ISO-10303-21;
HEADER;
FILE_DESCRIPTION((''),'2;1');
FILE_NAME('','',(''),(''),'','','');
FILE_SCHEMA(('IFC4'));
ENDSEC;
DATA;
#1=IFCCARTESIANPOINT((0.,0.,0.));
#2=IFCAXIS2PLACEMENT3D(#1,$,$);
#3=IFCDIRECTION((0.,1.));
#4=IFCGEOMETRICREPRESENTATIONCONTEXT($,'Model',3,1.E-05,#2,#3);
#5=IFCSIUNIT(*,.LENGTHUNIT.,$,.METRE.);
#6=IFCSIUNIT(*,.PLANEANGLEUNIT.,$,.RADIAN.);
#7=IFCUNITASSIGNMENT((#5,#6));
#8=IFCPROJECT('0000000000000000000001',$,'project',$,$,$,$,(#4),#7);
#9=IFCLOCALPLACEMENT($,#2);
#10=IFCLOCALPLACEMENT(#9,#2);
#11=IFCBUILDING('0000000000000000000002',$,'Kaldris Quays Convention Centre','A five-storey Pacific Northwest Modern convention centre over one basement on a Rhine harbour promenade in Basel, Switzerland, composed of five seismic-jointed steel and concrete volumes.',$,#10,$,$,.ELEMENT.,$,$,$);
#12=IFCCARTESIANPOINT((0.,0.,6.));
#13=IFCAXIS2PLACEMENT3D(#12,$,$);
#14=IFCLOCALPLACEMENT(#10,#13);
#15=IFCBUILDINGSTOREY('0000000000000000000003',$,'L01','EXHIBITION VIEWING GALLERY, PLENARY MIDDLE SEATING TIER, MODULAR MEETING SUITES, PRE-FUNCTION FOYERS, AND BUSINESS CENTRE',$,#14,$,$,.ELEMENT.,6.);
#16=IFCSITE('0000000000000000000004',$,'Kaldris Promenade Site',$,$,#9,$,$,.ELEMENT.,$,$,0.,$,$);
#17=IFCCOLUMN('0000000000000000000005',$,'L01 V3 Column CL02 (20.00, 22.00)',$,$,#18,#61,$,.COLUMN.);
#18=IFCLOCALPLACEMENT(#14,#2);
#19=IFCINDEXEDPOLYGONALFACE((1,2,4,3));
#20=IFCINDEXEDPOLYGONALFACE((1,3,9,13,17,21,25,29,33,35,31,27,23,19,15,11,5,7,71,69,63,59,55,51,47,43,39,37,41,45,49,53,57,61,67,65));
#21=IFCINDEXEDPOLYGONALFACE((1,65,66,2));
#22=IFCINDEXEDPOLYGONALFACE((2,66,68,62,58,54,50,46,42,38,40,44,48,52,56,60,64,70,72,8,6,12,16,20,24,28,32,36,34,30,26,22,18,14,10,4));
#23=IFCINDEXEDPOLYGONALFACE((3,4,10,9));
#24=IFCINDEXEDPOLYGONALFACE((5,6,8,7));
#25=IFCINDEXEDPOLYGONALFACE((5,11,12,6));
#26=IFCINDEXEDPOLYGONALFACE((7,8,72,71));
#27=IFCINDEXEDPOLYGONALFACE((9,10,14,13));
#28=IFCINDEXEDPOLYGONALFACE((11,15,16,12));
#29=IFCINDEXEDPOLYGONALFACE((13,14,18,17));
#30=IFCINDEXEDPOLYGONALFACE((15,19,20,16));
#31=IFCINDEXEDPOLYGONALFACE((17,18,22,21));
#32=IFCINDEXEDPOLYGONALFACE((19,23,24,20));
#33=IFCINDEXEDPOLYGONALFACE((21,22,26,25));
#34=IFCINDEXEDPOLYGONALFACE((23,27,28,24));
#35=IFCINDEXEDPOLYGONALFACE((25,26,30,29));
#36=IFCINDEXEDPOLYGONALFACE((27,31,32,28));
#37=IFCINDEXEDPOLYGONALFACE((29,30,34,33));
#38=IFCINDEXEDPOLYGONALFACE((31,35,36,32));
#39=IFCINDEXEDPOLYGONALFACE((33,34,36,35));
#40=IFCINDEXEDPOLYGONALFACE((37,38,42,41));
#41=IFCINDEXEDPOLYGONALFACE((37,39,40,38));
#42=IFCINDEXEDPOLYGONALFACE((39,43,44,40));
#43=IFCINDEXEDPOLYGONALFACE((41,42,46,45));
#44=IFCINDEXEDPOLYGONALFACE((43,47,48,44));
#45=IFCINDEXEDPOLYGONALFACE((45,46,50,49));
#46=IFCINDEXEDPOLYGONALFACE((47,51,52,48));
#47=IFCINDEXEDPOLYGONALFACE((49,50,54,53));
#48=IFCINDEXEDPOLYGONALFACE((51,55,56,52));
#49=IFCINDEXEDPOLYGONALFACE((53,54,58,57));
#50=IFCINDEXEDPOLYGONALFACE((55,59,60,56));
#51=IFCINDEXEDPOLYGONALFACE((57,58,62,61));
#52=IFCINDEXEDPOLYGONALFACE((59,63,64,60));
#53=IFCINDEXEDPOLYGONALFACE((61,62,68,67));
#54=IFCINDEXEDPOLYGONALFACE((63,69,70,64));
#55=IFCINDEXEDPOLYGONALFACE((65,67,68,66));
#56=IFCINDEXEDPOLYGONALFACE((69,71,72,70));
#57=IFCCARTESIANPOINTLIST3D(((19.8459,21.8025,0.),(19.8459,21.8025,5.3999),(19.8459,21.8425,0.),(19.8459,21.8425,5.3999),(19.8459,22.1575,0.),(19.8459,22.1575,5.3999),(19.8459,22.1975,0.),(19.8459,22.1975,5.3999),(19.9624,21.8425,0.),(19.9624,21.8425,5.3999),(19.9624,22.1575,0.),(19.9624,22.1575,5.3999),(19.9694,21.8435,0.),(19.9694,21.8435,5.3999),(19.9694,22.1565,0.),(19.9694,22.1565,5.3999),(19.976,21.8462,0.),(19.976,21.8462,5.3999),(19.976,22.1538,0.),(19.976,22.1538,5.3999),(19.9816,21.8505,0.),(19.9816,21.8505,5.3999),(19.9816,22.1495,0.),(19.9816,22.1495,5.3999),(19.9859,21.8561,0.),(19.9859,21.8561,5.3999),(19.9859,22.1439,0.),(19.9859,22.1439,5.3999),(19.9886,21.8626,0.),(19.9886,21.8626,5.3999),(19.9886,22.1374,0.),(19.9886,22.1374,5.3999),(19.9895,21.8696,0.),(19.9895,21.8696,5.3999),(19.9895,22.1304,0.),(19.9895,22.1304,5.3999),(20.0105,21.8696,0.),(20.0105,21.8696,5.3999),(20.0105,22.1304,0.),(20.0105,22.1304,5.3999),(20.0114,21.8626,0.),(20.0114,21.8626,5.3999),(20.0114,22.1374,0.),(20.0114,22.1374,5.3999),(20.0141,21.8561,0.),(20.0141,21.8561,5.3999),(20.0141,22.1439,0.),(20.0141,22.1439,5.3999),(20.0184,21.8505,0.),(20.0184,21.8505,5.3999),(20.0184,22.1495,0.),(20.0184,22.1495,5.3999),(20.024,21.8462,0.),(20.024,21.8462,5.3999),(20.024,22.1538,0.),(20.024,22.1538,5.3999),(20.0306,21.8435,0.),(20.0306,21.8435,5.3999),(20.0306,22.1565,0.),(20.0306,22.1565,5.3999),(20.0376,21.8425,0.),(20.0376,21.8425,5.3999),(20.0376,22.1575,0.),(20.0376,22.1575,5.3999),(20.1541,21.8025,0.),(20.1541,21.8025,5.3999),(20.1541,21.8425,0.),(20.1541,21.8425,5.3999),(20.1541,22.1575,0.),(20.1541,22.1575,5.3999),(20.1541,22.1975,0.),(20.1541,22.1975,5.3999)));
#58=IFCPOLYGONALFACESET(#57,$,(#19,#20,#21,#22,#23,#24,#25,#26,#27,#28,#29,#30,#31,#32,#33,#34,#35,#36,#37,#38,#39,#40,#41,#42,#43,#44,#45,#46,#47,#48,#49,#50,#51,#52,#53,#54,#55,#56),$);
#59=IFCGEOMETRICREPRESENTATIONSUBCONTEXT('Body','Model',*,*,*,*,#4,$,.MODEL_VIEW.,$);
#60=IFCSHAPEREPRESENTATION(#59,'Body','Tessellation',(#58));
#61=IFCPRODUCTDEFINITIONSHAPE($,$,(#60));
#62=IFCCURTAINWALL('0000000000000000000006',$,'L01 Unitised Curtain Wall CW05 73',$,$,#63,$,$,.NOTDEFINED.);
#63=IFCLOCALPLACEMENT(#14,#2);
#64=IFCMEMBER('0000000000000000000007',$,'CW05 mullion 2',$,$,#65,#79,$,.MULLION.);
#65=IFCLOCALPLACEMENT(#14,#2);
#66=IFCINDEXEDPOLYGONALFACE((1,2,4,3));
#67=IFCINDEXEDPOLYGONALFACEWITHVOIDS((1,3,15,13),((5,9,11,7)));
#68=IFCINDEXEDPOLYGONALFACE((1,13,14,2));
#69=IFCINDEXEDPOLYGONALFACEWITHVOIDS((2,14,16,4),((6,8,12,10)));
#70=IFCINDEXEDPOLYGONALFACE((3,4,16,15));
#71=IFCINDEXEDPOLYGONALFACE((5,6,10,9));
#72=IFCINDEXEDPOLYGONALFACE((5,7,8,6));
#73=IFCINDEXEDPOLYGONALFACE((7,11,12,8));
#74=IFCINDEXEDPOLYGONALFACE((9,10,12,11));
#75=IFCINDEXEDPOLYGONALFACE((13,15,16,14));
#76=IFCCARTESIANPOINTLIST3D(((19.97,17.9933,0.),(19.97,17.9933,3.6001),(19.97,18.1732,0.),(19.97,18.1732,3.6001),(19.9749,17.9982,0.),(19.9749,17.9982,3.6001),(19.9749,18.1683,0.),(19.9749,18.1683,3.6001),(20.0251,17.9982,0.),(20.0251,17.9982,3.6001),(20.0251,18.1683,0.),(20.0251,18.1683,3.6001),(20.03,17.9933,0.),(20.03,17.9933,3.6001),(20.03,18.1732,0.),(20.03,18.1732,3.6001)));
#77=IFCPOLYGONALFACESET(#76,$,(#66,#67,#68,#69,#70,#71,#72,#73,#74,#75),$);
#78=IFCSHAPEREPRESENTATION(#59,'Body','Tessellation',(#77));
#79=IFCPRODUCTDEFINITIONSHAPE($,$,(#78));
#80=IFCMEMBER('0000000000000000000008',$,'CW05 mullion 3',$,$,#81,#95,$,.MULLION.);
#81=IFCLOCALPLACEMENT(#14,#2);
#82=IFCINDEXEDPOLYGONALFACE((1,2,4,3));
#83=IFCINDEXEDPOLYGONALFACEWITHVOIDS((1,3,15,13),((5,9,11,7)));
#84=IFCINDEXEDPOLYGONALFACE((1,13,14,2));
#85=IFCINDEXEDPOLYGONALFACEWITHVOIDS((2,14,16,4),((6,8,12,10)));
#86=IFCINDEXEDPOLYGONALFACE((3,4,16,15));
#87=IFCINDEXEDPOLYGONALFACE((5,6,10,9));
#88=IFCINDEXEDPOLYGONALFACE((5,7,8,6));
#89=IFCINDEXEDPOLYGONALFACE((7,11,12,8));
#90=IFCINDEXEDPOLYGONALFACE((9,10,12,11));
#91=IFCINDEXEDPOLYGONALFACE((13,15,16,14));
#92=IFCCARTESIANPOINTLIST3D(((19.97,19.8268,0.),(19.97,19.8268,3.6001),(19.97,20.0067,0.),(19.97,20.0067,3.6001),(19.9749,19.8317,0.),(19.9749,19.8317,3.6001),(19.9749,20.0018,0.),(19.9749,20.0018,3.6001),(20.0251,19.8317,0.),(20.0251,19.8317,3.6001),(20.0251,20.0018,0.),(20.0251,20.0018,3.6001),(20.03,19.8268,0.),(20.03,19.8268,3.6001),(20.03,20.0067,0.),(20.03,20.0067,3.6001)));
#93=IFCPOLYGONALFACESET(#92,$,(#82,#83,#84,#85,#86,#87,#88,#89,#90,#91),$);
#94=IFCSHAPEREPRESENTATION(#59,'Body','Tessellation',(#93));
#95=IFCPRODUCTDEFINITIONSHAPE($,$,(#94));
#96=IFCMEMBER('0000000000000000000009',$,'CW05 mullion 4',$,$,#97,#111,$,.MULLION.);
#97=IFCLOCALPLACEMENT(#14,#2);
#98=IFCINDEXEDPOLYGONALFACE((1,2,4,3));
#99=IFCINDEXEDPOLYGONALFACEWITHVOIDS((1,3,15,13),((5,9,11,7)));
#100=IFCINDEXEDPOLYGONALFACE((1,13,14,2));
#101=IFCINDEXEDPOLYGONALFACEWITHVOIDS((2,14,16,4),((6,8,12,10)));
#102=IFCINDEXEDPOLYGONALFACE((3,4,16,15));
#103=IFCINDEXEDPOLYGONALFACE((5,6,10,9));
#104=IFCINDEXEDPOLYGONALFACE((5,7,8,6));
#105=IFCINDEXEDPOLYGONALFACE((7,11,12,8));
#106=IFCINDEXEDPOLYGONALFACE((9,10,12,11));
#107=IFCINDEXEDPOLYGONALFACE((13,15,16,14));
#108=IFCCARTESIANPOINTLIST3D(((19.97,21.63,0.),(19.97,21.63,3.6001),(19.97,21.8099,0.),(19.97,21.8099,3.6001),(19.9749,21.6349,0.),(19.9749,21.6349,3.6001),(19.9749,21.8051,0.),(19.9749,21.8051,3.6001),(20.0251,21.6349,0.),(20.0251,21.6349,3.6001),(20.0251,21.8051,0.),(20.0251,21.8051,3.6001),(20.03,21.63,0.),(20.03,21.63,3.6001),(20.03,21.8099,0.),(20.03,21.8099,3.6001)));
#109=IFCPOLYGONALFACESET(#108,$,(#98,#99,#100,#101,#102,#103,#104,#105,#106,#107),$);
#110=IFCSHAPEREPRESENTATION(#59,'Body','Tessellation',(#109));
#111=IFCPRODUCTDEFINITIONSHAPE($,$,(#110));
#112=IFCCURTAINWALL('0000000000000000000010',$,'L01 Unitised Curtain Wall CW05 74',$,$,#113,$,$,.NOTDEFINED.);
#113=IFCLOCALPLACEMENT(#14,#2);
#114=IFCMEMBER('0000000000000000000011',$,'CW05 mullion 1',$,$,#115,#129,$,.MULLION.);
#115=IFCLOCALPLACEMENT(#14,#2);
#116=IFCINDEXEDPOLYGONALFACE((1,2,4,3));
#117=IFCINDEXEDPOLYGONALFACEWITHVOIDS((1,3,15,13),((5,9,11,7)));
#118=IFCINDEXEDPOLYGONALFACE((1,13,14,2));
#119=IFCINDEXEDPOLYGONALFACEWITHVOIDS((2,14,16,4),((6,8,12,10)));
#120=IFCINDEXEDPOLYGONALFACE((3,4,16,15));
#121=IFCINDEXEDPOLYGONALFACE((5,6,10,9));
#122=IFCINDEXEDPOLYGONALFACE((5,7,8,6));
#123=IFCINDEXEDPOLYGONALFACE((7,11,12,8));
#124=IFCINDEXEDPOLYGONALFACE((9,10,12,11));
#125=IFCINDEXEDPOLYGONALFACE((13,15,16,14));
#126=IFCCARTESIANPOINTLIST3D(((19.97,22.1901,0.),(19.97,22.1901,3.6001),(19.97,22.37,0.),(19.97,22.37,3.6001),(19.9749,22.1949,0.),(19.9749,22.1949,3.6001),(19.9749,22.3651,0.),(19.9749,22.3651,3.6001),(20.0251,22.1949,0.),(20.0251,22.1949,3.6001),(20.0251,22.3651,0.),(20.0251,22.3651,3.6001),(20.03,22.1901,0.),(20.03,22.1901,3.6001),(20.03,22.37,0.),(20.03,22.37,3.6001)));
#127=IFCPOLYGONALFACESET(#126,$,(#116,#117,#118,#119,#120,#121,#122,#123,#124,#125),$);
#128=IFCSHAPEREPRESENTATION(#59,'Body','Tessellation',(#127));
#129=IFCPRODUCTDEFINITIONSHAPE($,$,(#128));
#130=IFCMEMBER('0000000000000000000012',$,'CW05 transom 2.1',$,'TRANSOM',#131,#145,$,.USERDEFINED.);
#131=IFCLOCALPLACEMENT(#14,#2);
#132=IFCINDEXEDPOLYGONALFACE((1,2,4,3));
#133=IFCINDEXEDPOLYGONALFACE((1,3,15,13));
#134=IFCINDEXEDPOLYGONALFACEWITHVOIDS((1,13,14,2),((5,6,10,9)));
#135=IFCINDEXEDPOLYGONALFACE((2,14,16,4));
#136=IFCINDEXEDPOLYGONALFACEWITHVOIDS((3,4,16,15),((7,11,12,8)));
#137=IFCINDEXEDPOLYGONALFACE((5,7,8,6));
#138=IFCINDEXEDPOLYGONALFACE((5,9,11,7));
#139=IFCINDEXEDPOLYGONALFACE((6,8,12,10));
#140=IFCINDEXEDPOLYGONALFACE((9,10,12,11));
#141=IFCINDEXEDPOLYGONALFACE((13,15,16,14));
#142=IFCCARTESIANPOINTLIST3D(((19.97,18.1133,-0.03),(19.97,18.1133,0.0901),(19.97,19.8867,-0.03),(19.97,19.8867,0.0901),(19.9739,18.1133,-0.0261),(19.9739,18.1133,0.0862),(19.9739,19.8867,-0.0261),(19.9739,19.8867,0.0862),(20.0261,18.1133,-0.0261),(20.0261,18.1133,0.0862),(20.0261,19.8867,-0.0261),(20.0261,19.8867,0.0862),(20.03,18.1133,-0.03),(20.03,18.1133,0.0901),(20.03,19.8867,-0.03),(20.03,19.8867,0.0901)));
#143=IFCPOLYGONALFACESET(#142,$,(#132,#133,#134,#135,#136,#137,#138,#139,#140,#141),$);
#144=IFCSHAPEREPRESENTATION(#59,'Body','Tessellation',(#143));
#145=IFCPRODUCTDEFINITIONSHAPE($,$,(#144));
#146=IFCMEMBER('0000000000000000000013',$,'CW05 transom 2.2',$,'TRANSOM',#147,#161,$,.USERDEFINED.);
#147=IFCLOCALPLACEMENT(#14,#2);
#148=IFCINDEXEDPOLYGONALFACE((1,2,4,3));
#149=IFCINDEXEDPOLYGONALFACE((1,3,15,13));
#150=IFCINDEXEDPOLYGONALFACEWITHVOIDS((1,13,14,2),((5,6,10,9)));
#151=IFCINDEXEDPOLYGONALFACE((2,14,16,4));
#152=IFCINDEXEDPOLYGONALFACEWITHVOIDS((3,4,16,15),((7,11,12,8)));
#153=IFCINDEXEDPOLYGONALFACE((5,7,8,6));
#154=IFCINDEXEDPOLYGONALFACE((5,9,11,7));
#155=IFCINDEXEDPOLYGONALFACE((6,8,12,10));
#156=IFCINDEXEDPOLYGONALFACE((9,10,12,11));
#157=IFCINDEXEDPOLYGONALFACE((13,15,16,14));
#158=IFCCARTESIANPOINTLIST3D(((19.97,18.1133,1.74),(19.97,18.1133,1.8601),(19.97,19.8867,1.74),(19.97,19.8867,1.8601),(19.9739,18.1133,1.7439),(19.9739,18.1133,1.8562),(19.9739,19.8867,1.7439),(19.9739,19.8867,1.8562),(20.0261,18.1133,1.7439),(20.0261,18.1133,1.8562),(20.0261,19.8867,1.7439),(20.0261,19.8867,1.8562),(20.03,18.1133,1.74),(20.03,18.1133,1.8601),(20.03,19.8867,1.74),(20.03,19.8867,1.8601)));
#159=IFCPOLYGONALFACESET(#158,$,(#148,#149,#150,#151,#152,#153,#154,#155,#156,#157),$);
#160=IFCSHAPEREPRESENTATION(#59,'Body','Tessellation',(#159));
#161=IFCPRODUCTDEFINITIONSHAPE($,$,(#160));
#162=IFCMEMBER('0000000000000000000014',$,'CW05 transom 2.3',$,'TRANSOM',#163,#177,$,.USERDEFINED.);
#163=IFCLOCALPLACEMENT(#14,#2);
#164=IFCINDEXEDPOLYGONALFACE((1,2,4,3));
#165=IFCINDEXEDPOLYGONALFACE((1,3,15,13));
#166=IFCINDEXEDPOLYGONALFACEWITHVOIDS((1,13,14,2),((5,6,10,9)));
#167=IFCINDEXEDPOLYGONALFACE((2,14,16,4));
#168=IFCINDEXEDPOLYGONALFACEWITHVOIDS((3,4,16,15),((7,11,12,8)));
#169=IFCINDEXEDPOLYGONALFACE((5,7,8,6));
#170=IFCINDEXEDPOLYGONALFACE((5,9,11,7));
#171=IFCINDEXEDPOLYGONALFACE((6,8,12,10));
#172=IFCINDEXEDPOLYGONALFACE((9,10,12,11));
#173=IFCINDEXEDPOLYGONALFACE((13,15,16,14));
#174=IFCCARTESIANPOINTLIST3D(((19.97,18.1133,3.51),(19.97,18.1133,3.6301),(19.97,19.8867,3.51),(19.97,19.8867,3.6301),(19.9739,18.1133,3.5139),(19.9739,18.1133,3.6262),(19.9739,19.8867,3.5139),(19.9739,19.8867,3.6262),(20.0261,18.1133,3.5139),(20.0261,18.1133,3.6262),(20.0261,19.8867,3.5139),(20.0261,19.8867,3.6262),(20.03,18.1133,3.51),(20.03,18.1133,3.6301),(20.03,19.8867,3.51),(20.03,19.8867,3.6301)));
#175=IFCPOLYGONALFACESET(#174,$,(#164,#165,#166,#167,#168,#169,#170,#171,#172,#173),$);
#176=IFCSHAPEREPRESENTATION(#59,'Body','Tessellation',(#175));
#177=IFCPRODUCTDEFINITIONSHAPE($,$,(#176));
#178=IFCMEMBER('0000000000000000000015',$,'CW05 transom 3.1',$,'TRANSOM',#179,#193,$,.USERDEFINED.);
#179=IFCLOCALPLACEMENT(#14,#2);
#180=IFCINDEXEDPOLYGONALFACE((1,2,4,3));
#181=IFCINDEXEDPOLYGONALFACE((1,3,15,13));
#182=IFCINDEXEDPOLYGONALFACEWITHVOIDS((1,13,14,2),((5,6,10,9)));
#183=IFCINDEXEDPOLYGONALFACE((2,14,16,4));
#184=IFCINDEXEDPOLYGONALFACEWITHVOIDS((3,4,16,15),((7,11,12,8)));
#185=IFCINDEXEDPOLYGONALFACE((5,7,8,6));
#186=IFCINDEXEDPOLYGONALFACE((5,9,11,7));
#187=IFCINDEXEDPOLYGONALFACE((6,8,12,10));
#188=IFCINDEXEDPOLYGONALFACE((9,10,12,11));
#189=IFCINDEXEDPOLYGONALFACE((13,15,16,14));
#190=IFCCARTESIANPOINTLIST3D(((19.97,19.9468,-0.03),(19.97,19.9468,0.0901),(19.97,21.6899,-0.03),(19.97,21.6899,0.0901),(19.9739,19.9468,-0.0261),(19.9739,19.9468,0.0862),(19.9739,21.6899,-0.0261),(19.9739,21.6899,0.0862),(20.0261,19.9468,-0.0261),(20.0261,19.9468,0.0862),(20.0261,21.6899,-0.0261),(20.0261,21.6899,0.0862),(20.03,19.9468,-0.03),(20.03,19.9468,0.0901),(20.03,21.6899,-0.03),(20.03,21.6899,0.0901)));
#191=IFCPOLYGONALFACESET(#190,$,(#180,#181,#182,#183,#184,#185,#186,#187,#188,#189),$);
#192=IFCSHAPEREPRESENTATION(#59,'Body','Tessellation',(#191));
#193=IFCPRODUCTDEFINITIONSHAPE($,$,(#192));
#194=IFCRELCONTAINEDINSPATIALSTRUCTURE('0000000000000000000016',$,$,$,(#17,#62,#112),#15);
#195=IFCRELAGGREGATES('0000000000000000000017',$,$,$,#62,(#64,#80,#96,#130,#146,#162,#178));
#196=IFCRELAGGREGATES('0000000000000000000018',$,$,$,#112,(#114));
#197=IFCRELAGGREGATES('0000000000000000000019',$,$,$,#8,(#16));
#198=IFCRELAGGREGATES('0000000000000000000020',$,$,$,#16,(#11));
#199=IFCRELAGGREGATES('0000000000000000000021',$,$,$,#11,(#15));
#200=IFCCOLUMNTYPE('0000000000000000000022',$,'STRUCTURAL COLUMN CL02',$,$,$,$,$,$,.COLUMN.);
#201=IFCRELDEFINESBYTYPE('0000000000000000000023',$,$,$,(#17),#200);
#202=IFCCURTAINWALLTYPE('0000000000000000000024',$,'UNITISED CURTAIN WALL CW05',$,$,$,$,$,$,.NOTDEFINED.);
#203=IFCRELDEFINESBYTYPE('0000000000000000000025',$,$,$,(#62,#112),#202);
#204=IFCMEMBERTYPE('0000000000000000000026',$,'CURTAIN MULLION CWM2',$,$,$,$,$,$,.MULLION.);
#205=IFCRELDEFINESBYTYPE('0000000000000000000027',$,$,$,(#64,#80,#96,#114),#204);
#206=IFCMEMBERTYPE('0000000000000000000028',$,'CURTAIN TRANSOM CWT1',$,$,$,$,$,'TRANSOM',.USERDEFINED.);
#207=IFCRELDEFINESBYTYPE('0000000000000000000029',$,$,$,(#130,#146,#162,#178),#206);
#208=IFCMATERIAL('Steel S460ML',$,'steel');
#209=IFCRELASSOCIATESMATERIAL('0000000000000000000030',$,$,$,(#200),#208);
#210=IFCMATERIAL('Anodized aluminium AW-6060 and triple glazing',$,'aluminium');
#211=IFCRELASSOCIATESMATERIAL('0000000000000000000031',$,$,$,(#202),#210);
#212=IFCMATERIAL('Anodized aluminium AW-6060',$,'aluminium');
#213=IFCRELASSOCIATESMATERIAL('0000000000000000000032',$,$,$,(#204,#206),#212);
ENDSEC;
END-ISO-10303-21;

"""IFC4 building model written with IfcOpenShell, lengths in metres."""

from ifc_helpers import new_model, si_unit, direction, frame, origin, origin_2d, place, context, subcontext, project, spatial, hollow_rectangle, i_section, extrude, material, material_profile, profile_set, type_object, element, aggregate, save


model = new_model("IFC4")

# Units and contexts
model_context = context("Model", 3, precision=1e-05, world=origin(), true_north=direction((0.0, 1.0)))
body_context = subcontext(model_context, "Body", "Model", "MODEL_VIEW")
ifc_project = project(units=[si_unit("LENGTHUNIT", "METRE"), si_unit("PLANEANGLEUNIT", "RADIAN")], contexts=[model_context])

# Site, building, storey
site_placement = place(None, origin())
site = spatial("IfcSite", under=ifc_project, at=site_placement, Name="Kaldris Promenade Site", CompositionType="ELEMENT", RefElevation=0.0)
building_placement = place(site_placement, origin())
building = spatial("IfcBuilding", under=site, at=building_placement, Name="Kaldris Quays Convention Centre", Description="A five-storey Pacific Northwest Modern convention centre over one basement on a Rhine harbour promenade in Basel, Switzerland, composed of five seismic-jointed steel and concrete volumes.", CompositionType="ELEMENT")
storey_placement = place(building_placement, frame((0.0, 0.0, 6.0)))
storey = spatial("IfcBuildingStorey", under=building, at=storey_placement, Name="L01", Description="EXHIBITION VIEWING GALLERY, PLENARY MIDDLE SEATING TIER, MODULAR MEETING SUITES, PRE-FUNCTION FOYERS, AND BUSINESS CENTRE", CompositionType="ELEMENT", Elevation=6.0)

# Column
ifc_material_1 = material(Name="Steel S460ML", Category="steel")
ifc_material_profile_1 = material_profile(ifc_material_1, i_section(OverallWidth=0.3081, OverallDepth=0.395, WebThickness=0.021, FlangeThickness=0.04, FilletRadius=0.0271, at=origin_2d()), Name="HEM 360")
ifc_profile_set_1 = profile_set([ifc_material_profile_1], Name="Steel S460ML")
column_type = type_object("IfcColumnType", Name="STRUCTURAL COLUMN CL02", PredefinedType="COLUMN", material=ifc_profile_set_1)
column_placement = place(storey_placement, frame((20.0, 22.0, 0.0), z_axis=(0.0, 0.0, 1.0), x_axis=(1.0, 0.0, 0.0)))
element("IfcColumn", 1, at=column_placement, inside=storey, type_object=column_type, Name="L01 V3 Column CL02 (20.00, 22.00)", PredefinedType="COLUMN", context=body_context, shape_type="SweptSolid", body=[
    extrude(i_section(OverallWidth=0.3081, OverallDepth=0.395, WebThickness=0.021, FlangeThickness=0.04, FilletRadius=0.0271, at=origin_2d()), origin(), (0.0, 0.0, 1.0), 5.3999),
])

# Curtain wall, members
ifc_material_2 = material(Name="Anodized aluminium AW-6060 and triple glazing", Category="aluminium")
curtain_wall_type = type_object("IfcCurtainWallType", Name="UNITISED CURTAIN WALL CW05", PredefinedType="NOTDEFINED", material=ifc_material_2)
curtain_wall_1_placement = place(storey_placement, origin())
curtain_wall_1 = element("IfcCurtainWall", 2, at=curtain_wall_1_placement, inside=storey, type_object=curtain_wall_type, Name="L01 Unitised Curtain Wall CW05 73", PredefinedType="NOTDEFINED")
ifc_material_3 = material(Name="Anodized aluminium AW-6060", Category="aluminium")
ifc_material_profile_2 = material_profile(ifc_material_3, hollow_rectangle(XDim=0.0601, YDim=0.1799, WallThickness=0.0049, at=origin_2d()), Name="RHS 180x60x5")
ifc_profile_set_2 = profile_set([ifc_material_profile_2], Name="Anodized aluminium AW-6060")
member_type_1 = type_object("IfcMemberType", Name="CURTAIN MULLION CWM2", PredefinedType="MULLION", material=ifc_profile_set_2)
member_1_placement = place(storey_placement, frame((20.0, 18.0833, 0.0), z_axis=(0.0, 0.0, 1.0), x_axis=(-1.0, 0.0, 0.0)))
member_1 = element("IfcMember", 3, at=member_1_placement, type_object=member_type_1, Name="CW05 mullion 2", PredefinedType="MULLION", context=body_context, shape_type="SweptSolid", body=[
    extrude(hollow_rectangle(XDim=0.0601, YDim=0.1799, WallThickness=0.0049, at=origin_2d()), origin(), (0.0, 0.0, 1.0), 3.6001),
])
member_2_placement = place(storey_placement, frame((20.0, 19.9167, 0.0), z_axis=(0.0, 0.0, 1.0), x_axis=(-1.0, 0.0, 0.0)))
member_2 = element("IfcMember", 4, at=member_2_placement, type_object=member_type_1, Name="CW05 mullion 3", PredefinedType="MULLION", context=body_context, shape_type="SweptSolid", body=[
    extrude(hollow_rectangle(XDim=0.0601, YDim=0.1799, WallThickness=0.0049, at=origin_2d()), origin(), (0.0, 0.0, 1.0), 3.6001),
])
member_3_placement = place(storey_placement, frame((20.0, 21.72, 0.0), z_axis=(0.0, 0.0, 1.0), x_axis=(-1.0, 0.0, 0.0)))
member_3 = element("IfcMember", 5, at=member_3_placement, type_object=member_type_1, Name="CW05 mullion 4", PredefinedType="MULLION", context=body_context, shape_type="SweptSolid", body=[
    extrude(hollow_rectangle(XDim=0.0601, YDim=0.1799, WallThickness=0.0049, at=origin_2d()), origin(), (0.0, 0.0, 1.0), 3.6001),
])

# Curtain wall, member
curtain_wall_2_placement = place(storey_placement, origin())
curtain_wall_2 = element("IfcCurtainWall", 6, at=curtain_wall_2_placement, inside=storey, type_object=curtain_wall_type, Name="L01 Unitised Curtain Wall CW05 74", PredefinedType="NOTDEFINED")
member_4_placement = place(storey_placement, frame((20.0, 22.28, 0.0), z_axis=(0.0, 0.0, 1.0), x_axis=(-1.0, 0.0, 0.0)))
member_4 = element("IfcMember", 7, at=member_4_placement, type_object=member_type_1, Name="CW05 mullion 1", PredefinedType="MULLION", context=body_context, shape_type="SweptSolid", body=[
    extrude(hollow_rectangle(XDim=0.0601, YDim=0.1799, WallThickness=0.0049, at=origin_2d()), origin(), (0.0, 0.0, 1.0), 3.6001),
])

# Members
ifc_material_profile_3 = material_profile(ifc_material_3, hollow_rectangle(XDim=0.0601, YDim=0.1201, WallThickness=0.0039, at=origin_2d()), Name="RHS 120x60x4")
ifc_profile_set_3 = profile_set([ifc_material_profile_3], Name="Anodized aluminium AW-6060")
member_type_2 = type_object("IfcMemberType", Name="CURTAIN TRANSOM CWT1", ElementType="TRANSOM", PredefinedType="USERDEFINED", material=ifc_profile_set_3)
member_5_placement = place(storey_placement, frame((20.0, 18.1133, 0.03), z_axis=(0.0, 1.0, 0.0), x_axis=(-1.0, 0.0, 0.0)))
member_5 = element("IfcMember", 8, at=member_5_placement, type_object=member_type_2, Name="CW05 transom 2.1", ObjectType="TRANSOM", PredefinedType="USERDEFINED", context=body_context, shape_type="SweptSolid", body=[
    extrude(hollow_rectangle(XDim=0.0601, YDim=0.1201, WallThickness=0.0039, at=origin_2d()), origin(), (0.0, 0.0, 1.0), 1.7734),
])
member_6_placement = place(storey_placement, frame((20.0, 18.1133, 1.8), z_axis=(0.0, 1.0, 0.0), x_axis=(-1.0, 0.0, 0.0)))
member_6 = element("IfcMember", 9, at=member_6_placement, type_object=member_type_2, Name="CW05 transom 2.2", ObjectType="TRANSOM", PredefinedType="USERDEFINED", context=body_context, shape_type="SweptSolid", body=[
    extrude(hollow_rectangle(XDim=0.0601, YDim=0.1201, WallThickness=0.0039, at=origin_2d()), origin(), (0.0, 0.0, 1.0), 1.7734),
])
member_7_placement = place(storey_placement, frame((20.0, 18.1133, 3.5701), z_axis=(0.0, 1.0, 0.0), x_axis=(-1.0, 0.0, 0.0)))
member_7 = element("IfcMember", 10, at=member_7_placement, type_object=member_type_2, Name="CW05 transom 2.3", ObjectType="TRANSOM", PredefinedType="USERDEFINED", context=body_context, shape_type="SweptSolid", body=[
    extrude(hollow_rectangle(XDim=0.0601, YDim=0.1201, WallThickness=0.0039, at=origin_2d()), origin(), (0.0, 0.0, 1.0), 1.7734),
])
member_8_placement = place(storey_placement, frame((20.0, 19.9468, 0.03), z_axis=(0.0, 1.0, 0.0), x_axis=(-1.0, 0.0, 0.0)))
member_8 = element("IfcMember", 11, at=member_8_placement, type_object=member_type_2, Name="CW05 transom 3.1", ObjectType="TRANSOM", PredefinedType="USERDEFINED", context=body_context, shape_type="SweptSolid", body=[
    extrude(hollow_rectangle(XDim=0.0601, YDim=0.1201, WallThickness=0.0039, at=origin_2d()), origin(), (0.0, 0.0, 1.0), 1.7432),
])

aggregate(curtain_wall_1, [member_1, member_2, member_3, member_5, member_6, member_7, member_8])
aggregate(curtain_wall_2, [member_4])

save(model, "model.ifc")
